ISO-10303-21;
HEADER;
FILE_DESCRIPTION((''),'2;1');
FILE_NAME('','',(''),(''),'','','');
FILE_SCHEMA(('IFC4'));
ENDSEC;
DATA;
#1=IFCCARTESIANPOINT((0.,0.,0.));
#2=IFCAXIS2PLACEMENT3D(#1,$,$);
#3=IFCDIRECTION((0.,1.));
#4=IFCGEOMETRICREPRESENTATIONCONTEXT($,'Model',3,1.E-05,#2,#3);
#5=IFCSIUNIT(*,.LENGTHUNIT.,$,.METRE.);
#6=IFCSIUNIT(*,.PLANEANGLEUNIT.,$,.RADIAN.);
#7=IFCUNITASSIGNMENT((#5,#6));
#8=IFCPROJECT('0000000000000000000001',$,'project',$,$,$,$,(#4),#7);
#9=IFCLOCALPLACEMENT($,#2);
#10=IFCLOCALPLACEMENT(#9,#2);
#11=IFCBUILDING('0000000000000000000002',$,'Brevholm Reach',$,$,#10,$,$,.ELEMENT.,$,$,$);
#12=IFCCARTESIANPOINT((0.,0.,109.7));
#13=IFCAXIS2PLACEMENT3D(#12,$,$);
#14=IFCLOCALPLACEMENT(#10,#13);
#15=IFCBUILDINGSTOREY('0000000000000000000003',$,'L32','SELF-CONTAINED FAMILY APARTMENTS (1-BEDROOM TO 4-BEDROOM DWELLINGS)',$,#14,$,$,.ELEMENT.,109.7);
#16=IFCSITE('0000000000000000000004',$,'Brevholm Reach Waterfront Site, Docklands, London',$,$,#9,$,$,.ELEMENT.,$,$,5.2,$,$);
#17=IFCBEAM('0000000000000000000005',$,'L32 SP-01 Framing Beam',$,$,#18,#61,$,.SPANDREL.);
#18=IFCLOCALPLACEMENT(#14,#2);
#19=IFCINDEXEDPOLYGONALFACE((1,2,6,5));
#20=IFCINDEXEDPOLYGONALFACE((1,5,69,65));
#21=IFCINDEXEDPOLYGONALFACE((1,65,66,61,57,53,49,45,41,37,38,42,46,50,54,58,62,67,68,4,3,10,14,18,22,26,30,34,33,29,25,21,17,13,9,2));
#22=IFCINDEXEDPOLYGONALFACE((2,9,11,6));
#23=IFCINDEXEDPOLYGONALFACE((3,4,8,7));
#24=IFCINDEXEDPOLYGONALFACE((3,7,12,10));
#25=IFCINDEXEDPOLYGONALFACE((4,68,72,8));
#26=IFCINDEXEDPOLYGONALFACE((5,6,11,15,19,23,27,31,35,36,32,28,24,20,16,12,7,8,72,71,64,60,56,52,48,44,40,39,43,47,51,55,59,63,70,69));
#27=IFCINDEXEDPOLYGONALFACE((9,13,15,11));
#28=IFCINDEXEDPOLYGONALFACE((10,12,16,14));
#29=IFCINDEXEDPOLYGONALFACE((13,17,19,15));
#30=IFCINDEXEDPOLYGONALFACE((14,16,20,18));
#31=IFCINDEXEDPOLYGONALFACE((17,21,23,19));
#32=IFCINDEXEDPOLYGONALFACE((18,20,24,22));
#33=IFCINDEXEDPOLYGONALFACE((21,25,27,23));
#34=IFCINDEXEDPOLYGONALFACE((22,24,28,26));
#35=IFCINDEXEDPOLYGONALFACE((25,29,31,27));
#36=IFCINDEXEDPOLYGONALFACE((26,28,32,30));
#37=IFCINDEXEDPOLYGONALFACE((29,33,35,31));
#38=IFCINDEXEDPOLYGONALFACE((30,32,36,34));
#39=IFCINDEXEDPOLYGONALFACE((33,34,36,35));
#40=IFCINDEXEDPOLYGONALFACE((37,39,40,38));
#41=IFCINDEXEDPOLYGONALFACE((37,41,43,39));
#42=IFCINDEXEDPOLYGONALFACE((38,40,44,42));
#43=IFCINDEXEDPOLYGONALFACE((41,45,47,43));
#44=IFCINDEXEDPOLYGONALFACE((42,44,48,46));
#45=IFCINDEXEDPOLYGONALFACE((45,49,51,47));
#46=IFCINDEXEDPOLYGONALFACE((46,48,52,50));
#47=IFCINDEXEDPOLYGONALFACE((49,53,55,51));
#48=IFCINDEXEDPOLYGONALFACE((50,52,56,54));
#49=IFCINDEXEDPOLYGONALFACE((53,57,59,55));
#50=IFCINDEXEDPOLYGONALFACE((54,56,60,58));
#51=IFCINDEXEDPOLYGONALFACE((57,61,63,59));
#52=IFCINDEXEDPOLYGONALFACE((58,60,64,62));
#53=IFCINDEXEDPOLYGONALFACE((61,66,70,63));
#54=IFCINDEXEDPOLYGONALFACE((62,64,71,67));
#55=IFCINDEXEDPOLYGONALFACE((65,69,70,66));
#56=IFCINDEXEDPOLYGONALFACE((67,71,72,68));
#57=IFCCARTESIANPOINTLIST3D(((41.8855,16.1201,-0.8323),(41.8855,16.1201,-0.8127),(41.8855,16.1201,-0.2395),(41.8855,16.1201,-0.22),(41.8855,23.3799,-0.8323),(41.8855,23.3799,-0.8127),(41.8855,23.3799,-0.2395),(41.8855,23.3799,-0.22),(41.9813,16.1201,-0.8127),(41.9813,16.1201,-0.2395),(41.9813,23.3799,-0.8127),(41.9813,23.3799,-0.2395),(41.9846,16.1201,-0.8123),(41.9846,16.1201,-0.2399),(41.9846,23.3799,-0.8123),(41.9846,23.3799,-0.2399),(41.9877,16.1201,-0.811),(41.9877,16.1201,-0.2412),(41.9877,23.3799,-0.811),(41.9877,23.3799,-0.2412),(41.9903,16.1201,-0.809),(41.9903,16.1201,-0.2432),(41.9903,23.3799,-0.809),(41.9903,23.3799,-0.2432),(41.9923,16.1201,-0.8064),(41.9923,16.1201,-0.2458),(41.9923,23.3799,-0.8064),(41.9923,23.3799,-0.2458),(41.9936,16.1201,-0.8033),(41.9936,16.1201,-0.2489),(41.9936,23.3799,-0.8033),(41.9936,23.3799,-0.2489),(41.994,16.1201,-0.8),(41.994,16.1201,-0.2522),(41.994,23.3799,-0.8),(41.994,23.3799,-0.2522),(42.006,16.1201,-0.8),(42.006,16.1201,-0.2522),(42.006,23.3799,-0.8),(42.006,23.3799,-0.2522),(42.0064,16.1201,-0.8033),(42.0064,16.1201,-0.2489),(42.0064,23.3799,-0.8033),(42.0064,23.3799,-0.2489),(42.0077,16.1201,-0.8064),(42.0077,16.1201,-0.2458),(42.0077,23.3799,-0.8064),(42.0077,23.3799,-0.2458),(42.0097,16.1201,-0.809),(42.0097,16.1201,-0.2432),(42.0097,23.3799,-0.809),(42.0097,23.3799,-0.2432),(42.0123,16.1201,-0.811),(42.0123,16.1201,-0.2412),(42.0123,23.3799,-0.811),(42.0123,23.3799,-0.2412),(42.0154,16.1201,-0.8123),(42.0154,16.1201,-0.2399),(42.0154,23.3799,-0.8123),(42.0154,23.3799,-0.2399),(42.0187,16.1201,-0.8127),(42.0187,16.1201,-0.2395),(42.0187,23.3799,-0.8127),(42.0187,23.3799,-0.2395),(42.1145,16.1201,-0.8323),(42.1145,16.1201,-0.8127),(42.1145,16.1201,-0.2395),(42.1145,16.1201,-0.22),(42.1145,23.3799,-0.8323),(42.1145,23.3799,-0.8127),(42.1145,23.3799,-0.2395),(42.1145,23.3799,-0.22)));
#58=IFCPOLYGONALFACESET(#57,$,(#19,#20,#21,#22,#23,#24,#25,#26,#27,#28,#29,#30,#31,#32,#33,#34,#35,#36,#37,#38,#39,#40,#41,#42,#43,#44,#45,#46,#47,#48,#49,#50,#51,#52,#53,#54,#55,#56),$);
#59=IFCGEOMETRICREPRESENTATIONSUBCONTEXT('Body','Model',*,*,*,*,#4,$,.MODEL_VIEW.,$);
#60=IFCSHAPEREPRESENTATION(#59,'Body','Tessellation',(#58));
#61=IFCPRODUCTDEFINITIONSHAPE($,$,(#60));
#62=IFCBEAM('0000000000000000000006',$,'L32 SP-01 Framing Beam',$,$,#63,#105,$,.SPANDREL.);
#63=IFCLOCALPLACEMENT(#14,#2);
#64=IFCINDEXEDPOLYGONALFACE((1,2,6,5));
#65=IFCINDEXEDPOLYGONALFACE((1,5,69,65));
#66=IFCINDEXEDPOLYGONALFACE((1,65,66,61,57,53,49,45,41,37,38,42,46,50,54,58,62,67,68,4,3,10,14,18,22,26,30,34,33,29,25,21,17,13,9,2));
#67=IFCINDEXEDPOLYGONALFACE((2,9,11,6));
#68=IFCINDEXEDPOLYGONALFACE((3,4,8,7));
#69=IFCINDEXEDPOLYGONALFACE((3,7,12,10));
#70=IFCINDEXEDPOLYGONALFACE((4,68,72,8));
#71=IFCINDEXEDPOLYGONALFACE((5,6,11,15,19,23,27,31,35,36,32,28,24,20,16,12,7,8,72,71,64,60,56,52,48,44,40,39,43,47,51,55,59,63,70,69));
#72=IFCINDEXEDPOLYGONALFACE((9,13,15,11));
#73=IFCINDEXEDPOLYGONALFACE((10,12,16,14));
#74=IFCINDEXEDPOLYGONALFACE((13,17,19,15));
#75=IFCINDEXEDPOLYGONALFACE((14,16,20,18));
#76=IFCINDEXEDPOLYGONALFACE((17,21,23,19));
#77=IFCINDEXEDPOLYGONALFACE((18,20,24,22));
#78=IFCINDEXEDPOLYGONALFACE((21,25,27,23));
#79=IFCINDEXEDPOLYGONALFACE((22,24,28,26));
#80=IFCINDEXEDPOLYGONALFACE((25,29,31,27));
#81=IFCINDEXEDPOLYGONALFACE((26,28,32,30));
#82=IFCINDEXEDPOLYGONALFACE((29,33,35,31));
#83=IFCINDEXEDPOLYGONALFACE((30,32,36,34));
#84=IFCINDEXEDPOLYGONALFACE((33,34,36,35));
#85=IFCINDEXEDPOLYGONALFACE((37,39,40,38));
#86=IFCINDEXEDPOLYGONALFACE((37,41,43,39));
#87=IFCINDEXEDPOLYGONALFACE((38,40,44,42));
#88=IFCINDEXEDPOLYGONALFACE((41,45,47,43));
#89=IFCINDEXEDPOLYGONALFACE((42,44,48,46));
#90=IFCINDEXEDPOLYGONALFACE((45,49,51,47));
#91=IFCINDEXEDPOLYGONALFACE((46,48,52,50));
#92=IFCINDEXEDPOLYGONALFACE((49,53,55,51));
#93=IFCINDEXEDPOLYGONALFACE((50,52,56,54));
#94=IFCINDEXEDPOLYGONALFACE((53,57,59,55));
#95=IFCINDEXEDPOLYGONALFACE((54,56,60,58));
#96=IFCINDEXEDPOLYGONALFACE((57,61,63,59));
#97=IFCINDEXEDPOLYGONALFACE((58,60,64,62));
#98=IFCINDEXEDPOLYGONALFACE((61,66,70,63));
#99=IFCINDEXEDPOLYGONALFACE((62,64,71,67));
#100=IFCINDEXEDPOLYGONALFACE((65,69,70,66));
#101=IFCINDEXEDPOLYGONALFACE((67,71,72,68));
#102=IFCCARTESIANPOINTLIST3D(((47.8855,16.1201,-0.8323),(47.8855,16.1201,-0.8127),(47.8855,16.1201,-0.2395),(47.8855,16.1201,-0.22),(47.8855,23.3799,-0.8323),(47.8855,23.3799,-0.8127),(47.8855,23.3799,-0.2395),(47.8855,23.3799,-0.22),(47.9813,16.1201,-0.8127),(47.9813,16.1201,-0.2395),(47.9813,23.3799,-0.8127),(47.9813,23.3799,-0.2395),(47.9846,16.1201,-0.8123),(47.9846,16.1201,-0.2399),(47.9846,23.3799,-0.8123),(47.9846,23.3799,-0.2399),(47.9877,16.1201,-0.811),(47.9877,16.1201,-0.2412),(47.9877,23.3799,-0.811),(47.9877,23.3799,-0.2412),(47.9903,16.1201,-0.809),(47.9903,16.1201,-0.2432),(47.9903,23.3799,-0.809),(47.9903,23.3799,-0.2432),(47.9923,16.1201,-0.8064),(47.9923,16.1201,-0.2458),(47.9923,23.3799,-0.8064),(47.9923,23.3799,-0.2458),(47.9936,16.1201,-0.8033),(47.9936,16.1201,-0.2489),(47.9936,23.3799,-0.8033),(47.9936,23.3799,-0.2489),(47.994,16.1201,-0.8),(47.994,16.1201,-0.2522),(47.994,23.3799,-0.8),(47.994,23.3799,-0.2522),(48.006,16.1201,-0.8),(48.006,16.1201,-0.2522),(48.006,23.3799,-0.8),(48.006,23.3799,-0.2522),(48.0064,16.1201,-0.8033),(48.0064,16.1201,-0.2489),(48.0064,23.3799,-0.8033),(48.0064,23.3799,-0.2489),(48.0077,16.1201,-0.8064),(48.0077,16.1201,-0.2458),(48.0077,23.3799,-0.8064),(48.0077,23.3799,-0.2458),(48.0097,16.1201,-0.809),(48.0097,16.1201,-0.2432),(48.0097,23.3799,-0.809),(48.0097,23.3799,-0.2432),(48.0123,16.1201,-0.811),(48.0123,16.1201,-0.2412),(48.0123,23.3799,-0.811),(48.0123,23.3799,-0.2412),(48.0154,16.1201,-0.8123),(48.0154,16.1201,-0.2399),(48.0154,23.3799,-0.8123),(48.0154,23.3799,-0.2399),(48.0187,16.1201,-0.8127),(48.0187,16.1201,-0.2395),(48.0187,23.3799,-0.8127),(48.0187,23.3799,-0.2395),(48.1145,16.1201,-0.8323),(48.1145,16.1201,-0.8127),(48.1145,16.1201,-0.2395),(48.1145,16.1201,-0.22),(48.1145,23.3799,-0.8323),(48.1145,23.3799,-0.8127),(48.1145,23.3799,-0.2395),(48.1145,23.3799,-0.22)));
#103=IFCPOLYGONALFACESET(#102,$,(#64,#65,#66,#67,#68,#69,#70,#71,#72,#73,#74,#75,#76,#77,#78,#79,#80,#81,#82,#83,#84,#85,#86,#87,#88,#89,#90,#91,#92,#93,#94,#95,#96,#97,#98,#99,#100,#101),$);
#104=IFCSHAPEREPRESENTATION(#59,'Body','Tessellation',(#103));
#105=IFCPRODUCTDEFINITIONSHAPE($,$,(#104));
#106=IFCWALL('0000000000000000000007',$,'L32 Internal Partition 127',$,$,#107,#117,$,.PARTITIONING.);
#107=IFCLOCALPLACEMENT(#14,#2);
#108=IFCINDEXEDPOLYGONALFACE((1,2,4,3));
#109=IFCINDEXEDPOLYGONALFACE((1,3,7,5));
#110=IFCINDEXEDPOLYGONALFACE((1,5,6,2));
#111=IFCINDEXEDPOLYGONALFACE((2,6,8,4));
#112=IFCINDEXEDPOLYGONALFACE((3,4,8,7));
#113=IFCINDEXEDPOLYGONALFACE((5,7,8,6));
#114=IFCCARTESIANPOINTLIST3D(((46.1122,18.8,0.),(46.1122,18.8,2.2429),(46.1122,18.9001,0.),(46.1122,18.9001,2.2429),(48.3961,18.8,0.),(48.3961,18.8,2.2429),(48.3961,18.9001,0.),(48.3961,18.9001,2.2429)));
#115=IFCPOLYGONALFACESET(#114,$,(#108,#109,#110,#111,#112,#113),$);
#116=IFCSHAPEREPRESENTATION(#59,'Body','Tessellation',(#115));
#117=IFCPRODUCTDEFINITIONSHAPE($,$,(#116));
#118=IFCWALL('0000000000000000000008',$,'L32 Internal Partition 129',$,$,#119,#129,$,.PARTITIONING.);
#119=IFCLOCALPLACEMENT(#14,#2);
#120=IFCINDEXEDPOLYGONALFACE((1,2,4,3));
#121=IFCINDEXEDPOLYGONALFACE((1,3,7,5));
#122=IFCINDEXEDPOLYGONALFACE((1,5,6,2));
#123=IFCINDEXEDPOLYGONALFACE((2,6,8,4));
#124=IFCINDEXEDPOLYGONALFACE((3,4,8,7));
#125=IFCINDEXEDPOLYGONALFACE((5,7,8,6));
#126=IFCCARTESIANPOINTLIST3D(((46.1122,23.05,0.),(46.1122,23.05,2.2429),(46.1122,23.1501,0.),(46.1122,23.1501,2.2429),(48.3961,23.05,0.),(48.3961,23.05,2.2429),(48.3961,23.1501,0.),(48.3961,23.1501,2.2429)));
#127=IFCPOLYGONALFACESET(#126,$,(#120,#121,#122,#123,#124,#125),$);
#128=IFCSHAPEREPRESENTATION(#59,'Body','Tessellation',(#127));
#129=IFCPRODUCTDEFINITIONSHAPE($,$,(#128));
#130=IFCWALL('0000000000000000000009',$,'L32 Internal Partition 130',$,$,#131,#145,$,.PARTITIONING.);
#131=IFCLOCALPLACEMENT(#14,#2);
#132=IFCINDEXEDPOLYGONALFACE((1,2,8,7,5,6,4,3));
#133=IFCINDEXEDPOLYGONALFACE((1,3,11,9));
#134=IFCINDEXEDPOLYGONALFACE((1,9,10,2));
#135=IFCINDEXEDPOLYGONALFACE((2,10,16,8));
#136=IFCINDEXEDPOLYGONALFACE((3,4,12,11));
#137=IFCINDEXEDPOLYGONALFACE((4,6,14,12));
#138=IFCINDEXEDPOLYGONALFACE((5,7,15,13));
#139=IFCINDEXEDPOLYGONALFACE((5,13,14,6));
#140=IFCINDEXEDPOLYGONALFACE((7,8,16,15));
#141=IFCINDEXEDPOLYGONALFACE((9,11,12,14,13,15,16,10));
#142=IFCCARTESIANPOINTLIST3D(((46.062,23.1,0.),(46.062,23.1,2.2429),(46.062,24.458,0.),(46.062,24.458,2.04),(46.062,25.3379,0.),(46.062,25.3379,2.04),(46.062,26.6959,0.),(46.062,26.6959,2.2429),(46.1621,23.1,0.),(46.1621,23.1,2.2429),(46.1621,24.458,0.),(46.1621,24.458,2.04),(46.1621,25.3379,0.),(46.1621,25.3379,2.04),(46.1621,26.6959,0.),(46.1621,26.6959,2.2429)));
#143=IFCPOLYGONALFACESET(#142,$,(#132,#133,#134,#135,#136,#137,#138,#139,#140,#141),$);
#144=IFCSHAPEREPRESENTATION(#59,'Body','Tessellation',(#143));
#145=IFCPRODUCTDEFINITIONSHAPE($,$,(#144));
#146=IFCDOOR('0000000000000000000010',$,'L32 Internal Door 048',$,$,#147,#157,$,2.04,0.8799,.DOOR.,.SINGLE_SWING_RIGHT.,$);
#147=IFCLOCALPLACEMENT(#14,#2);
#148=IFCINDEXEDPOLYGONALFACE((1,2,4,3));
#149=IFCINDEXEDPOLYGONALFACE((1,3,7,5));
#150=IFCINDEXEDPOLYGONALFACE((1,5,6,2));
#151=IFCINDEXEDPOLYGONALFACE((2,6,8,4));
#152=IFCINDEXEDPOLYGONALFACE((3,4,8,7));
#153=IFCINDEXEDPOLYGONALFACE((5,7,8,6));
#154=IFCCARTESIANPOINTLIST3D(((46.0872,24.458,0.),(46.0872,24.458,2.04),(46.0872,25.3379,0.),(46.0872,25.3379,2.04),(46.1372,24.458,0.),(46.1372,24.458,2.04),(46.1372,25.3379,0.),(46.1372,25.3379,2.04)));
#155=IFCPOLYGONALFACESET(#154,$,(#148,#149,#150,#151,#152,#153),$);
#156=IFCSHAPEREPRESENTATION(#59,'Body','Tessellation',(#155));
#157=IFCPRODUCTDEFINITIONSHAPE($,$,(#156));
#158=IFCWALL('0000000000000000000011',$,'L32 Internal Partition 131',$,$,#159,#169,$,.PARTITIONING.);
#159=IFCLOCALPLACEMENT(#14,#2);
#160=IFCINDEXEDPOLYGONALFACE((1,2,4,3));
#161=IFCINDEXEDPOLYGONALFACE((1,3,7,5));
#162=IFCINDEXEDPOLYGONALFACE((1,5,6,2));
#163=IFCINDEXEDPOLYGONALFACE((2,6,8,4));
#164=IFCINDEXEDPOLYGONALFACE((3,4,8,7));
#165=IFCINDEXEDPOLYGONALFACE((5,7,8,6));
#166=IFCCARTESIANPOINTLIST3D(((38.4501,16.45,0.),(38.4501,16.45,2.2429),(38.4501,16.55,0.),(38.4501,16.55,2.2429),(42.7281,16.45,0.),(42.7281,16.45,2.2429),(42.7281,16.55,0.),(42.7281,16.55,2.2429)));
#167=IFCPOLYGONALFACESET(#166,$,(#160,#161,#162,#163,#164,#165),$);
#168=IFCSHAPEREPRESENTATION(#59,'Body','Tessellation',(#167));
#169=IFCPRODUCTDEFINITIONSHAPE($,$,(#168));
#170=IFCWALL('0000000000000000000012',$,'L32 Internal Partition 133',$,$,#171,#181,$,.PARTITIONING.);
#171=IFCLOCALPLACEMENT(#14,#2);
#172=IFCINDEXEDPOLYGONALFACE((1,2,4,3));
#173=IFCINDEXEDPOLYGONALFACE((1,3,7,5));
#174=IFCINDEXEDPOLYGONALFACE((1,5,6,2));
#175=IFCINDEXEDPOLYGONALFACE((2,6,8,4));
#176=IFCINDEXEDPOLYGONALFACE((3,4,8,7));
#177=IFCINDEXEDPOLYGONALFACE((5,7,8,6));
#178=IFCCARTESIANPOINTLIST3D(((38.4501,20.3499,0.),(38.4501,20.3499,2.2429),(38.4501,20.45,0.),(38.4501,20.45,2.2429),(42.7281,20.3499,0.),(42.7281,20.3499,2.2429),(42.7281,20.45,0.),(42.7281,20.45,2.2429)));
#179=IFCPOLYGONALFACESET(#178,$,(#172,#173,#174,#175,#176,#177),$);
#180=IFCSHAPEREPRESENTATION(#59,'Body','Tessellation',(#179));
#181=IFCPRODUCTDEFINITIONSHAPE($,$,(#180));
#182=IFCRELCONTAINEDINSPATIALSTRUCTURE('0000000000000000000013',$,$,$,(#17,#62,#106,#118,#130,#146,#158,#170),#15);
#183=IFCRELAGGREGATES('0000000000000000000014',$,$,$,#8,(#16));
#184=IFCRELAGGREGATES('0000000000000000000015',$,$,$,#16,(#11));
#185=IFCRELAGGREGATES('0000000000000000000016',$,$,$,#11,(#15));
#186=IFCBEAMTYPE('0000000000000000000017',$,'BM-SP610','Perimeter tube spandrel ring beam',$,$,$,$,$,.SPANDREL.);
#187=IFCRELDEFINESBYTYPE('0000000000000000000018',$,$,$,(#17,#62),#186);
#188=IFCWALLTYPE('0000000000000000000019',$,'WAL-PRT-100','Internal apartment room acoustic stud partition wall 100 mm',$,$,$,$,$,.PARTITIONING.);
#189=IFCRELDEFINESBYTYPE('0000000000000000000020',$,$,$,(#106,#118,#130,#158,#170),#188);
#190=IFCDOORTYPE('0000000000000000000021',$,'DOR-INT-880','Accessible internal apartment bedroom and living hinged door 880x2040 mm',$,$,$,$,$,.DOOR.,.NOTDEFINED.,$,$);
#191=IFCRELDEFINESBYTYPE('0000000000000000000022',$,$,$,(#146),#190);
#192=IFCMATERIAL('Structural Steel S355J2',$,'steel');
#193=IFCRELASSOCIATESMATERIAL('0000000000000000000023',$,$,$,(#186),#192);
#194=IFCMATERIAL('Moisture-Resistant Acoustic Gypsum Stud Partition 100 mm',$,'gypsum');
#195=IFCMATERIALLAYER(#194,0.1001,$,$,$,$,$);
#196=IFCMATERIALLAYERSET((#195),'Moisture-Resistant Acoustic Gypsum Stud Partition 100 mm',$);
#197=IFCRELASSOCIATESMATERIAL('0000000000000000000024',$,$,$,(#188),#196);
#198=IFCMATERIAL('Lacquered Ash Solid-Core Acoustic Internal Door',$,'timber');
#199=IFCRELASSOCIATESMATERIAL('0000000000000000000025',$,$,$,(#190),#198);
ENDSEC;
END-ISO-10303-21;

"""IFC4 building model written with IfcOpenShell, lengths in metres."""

from ifc_helpers import new_model, si_unit, direction, frame, frame_2d, origin, origin_2d, place, context, subcontext, project, spatial, rectangle, i_section, extrude, material, layer, layer_set, material_profile, profile_set, type_object, element, fill, save


model = new_model("IFC4")

# Units and contexts
model_context = context("Model", 3, precision=1e-05, world=origin(), true_north=direction((0.0, 1.0)))
body_context = subcontext(model_context, "Body", "Model", "MODEL_VIEW")
ifc_project = project(units=[si_unit("LENGTHUNIT", "METRE"), si_unit("PLANEANGLEUNIT", "RADIAN")], contexts=[model_context])

# Site, building, storey
site_placement = place(None, origin())
site = spatial("IfcSite", under=ifc_project, at=site_placement, Name="Brevholm Reach Waterfront Site, Docklands, London", CompositionType="ELEMENT", RefElevation=5.2)
building_placement = place(site_placement, origin())
building = spatial("IfcBuilding", under=site, at=building_placement, Name="Brevholm Reach", CompositionType="ELEMENT")
storey_placement = place(building_placement, frame((0.0, 0.0, 109.7)))
storey = spatial("IfcBuildingStorey", under=building, at=storey_placement, Name="L32", Description="SELF-CONTAINED FAMILY APARTMENTS (1-BEDROOM TO 4-BEDROOM DWELLINGS)", CompositionType="ELEMENT", Elevation=109.7)

# Beams
ifc_material_1 = material(Name="Structural Steel S355J2", Category="steel")
ifc_material_profile_1 = material_profile(ifc_material_1, i_section(OverallWidth=0.229, OverallDepth=0.6123, WebThickness=0.012, FlangeThickness=0.0195, FilletRadius=0.0127, at=origin_2d()), Name="UKB 610x229x125")
ifc_profile_set_1 = profile_set([ifc_material_profile_1], Name="Structural Steel S355J2")
beam_type_1 = type_object("IfcBeamType", Name="BM-SP610", Description="Perimeter tube spandrel ring beam", PredefinedType="SPANDREL", material=ifc_profile_set_1)
for number, where, z_axis, x_axis, name in (
    (1, (42.0, 16.1201, -0.5261), (0.0, 1.0, 0.0), (-1.0, 0.0, 0.0), "L32 SP-01 Framing Beam"),
    (2, (48.0, 16.1201, -0.5261), (0.0, 1.0, 0.0), (-1.0, 0.0, 0.0), "L32 SP-01 Framing Beam"),
):
    element("IfcBeam", number, at=place(storey_placement, frame(where, z_axis=z_axis, x_axis=x_axis)), inside=storey, type_object=beam_type_1, Name=name, PredefinedType="SPANDREL", context=body_context, shape_type="SweptSolid", body=[
        extrude(i_section(OverallWidth=0.229, OverallDepth=0.6123, WebThickness=0.012, FlangeThickness=0.0195, FilletRadius=0.0127, at=origin_2d()), origin(), (0.0, 0.0, 1.0), 7.2598),
    ])

# Walls
ifc_material_2 = material(Name="Moisture-Resistant Acoustic Gypsum Stud Partition 100 mm", Category="gypsum")
ifc_layer = layer(ifc_material_2, 0.1001)
ifc_layer_set = layer_set([ifc_layer], Name="Moisture-Resistant Acoustic Gypsum Stud Partition 100 mm")
wall_type = type_object("IfcWallType", Name="WAL-PRT-100", Description="Internal apartment room acoustic stud partition wall 100 mm", PredefinedType="PARTITIONING", material=ifc_layer_set)
for number, where, z_axis, x_axis, name in (
    (3, (46.1121, 18.8501, 0.0), (0.0, 0.0, 1.0), (1.0, 0.0, 0.0), "L32 Internal Partition 127"),
    (4, (46.1121, 23.1001, 0.0), (0.0, 0.0, 1.0), (1.0, 0.0, 0.0), "L32 Internal Partition 129"),
):
    element("IfcWall", number, at=place(storey_placement, frame(where, z_axis=z_axis, x_axis=x_axis)), inside=storey, type_object=wall_type, Name=name, PredefinedType="PARTITIONING", context=body_context, shape_type="SweptSolid", body=[
        extrude(rectangle(XDim=2.2839, YDim=0.1001, at=frame_2d((1.1421, 0.0))), origin(), (0.0, 0.0, 1.0), 2.2429),
    ])

# Wall, opening, door
wall_1_placement = place(storey_placement, frame((46.1121, 23.1001, 0.0), z_axis=(0.0, 0.0, 1.0), x_axis=(0.0, 1.0, 0.0)))
wall_1 = element("IfcWall", 5, at=wall_1_placement, inside=storey, type_object=wall_type, Name="L32 Internal Partition 130", PredefinedType="PARTITIONING", context=body_context, shape_type="SweptSolid", body=[
    extrude(rectangle(XDim=3.5959, YDim=0.1001, at=frame_2d((1.7979, 0.0))), origin(), (0.0, 0.0, 1.0), 2.2429),
])
opening_1_placement = place(wall_1_placement, frame((1.3579, 0.0, 0.0)))
opening_1 = element("IfcOpeningElement", 6, at=opening_1_placement, cuts=wall_1, PredefinedType="OPENING", context=body_context, shape_type="SweptSolid", body=[
    extrude(rectangle(XDim=0.8799, YDim=2.04, at=frame_2d((0.4399, 1.02))), frame((0.0, 0.0601, 0.0), z_axis=(0.0, -1.0, 0.0), x_axis=(1.0, 0.0, 0.0)), (0.0, 0.0, 1.0), 0.1201),
])
ifc_material_3 = material(Name="Lacquered Ash Solid-Core Acoustic Internal Door", Category="timber")
door_type = type_object("IfcDoorType", Name="DOR-INT-880", Description="Accessible internal apartment bedroom and living hinged door 880x2040 mm", OperationType="NOTDEFINED", PredefinedType="DOOR", material=ifc_material_3)
door_1_placement = place(opening_1_placement, origin())
door_1 = element("IfcDoor", 7, at=door_1_placement, inside=storey, type_object=door_type, Name="L32 Internal Door 048", OperationType="SINGLE_SWING_RIGHT", OverallHeight=2.04, OverallWidth=0.8799, PredefinedType="DOOR", context=body_context, shape_type="SweptSolid", body=[
    extrude(rectangle(XDim=0.8799, YDim=2.04, at=frame_2d((0.4399, 1.02))), frame((0.0, 0.0249, 0.0), z_axis=(0.0, -1.0, 0.0), x_axis=(1.0, 0.0, 0.0)), (0.0, 0.0, 1.0), 0.05),
])
fill(opening_1, door_1)

# Walls
for number, where, z_axis, x_axis, name in (
    (8, (38.45, 16.5, 0.0), (0.0, 0.0, 1.0), (1.0, 0.0, 0.0), "L32 Internal Partition 131"),
    (9, (38.45, 20.3999, 0.0), (0.0, 0.0, 1.0), (1.0, 0.0, 0.0), "L32 Internal Partition 133"),
):
    element("IfcWall", number, at=place(storey_placement, frame(where, z_axis=z_axis, x_axis=x_axis)), inside=storey, type_object=wall_type, Name=name, PredefinedType="PARTITIONING", context=body_context, shape_type="SweptSolid", body=[
        extrude(rectangle(XDim=4.2781, YDim=0.1001, at=frame_2d((2.1392, 0.0))), origin(), (0.0, 0.0, 1.0), 2.2429),
    ])

save(model, "model.ifc")
